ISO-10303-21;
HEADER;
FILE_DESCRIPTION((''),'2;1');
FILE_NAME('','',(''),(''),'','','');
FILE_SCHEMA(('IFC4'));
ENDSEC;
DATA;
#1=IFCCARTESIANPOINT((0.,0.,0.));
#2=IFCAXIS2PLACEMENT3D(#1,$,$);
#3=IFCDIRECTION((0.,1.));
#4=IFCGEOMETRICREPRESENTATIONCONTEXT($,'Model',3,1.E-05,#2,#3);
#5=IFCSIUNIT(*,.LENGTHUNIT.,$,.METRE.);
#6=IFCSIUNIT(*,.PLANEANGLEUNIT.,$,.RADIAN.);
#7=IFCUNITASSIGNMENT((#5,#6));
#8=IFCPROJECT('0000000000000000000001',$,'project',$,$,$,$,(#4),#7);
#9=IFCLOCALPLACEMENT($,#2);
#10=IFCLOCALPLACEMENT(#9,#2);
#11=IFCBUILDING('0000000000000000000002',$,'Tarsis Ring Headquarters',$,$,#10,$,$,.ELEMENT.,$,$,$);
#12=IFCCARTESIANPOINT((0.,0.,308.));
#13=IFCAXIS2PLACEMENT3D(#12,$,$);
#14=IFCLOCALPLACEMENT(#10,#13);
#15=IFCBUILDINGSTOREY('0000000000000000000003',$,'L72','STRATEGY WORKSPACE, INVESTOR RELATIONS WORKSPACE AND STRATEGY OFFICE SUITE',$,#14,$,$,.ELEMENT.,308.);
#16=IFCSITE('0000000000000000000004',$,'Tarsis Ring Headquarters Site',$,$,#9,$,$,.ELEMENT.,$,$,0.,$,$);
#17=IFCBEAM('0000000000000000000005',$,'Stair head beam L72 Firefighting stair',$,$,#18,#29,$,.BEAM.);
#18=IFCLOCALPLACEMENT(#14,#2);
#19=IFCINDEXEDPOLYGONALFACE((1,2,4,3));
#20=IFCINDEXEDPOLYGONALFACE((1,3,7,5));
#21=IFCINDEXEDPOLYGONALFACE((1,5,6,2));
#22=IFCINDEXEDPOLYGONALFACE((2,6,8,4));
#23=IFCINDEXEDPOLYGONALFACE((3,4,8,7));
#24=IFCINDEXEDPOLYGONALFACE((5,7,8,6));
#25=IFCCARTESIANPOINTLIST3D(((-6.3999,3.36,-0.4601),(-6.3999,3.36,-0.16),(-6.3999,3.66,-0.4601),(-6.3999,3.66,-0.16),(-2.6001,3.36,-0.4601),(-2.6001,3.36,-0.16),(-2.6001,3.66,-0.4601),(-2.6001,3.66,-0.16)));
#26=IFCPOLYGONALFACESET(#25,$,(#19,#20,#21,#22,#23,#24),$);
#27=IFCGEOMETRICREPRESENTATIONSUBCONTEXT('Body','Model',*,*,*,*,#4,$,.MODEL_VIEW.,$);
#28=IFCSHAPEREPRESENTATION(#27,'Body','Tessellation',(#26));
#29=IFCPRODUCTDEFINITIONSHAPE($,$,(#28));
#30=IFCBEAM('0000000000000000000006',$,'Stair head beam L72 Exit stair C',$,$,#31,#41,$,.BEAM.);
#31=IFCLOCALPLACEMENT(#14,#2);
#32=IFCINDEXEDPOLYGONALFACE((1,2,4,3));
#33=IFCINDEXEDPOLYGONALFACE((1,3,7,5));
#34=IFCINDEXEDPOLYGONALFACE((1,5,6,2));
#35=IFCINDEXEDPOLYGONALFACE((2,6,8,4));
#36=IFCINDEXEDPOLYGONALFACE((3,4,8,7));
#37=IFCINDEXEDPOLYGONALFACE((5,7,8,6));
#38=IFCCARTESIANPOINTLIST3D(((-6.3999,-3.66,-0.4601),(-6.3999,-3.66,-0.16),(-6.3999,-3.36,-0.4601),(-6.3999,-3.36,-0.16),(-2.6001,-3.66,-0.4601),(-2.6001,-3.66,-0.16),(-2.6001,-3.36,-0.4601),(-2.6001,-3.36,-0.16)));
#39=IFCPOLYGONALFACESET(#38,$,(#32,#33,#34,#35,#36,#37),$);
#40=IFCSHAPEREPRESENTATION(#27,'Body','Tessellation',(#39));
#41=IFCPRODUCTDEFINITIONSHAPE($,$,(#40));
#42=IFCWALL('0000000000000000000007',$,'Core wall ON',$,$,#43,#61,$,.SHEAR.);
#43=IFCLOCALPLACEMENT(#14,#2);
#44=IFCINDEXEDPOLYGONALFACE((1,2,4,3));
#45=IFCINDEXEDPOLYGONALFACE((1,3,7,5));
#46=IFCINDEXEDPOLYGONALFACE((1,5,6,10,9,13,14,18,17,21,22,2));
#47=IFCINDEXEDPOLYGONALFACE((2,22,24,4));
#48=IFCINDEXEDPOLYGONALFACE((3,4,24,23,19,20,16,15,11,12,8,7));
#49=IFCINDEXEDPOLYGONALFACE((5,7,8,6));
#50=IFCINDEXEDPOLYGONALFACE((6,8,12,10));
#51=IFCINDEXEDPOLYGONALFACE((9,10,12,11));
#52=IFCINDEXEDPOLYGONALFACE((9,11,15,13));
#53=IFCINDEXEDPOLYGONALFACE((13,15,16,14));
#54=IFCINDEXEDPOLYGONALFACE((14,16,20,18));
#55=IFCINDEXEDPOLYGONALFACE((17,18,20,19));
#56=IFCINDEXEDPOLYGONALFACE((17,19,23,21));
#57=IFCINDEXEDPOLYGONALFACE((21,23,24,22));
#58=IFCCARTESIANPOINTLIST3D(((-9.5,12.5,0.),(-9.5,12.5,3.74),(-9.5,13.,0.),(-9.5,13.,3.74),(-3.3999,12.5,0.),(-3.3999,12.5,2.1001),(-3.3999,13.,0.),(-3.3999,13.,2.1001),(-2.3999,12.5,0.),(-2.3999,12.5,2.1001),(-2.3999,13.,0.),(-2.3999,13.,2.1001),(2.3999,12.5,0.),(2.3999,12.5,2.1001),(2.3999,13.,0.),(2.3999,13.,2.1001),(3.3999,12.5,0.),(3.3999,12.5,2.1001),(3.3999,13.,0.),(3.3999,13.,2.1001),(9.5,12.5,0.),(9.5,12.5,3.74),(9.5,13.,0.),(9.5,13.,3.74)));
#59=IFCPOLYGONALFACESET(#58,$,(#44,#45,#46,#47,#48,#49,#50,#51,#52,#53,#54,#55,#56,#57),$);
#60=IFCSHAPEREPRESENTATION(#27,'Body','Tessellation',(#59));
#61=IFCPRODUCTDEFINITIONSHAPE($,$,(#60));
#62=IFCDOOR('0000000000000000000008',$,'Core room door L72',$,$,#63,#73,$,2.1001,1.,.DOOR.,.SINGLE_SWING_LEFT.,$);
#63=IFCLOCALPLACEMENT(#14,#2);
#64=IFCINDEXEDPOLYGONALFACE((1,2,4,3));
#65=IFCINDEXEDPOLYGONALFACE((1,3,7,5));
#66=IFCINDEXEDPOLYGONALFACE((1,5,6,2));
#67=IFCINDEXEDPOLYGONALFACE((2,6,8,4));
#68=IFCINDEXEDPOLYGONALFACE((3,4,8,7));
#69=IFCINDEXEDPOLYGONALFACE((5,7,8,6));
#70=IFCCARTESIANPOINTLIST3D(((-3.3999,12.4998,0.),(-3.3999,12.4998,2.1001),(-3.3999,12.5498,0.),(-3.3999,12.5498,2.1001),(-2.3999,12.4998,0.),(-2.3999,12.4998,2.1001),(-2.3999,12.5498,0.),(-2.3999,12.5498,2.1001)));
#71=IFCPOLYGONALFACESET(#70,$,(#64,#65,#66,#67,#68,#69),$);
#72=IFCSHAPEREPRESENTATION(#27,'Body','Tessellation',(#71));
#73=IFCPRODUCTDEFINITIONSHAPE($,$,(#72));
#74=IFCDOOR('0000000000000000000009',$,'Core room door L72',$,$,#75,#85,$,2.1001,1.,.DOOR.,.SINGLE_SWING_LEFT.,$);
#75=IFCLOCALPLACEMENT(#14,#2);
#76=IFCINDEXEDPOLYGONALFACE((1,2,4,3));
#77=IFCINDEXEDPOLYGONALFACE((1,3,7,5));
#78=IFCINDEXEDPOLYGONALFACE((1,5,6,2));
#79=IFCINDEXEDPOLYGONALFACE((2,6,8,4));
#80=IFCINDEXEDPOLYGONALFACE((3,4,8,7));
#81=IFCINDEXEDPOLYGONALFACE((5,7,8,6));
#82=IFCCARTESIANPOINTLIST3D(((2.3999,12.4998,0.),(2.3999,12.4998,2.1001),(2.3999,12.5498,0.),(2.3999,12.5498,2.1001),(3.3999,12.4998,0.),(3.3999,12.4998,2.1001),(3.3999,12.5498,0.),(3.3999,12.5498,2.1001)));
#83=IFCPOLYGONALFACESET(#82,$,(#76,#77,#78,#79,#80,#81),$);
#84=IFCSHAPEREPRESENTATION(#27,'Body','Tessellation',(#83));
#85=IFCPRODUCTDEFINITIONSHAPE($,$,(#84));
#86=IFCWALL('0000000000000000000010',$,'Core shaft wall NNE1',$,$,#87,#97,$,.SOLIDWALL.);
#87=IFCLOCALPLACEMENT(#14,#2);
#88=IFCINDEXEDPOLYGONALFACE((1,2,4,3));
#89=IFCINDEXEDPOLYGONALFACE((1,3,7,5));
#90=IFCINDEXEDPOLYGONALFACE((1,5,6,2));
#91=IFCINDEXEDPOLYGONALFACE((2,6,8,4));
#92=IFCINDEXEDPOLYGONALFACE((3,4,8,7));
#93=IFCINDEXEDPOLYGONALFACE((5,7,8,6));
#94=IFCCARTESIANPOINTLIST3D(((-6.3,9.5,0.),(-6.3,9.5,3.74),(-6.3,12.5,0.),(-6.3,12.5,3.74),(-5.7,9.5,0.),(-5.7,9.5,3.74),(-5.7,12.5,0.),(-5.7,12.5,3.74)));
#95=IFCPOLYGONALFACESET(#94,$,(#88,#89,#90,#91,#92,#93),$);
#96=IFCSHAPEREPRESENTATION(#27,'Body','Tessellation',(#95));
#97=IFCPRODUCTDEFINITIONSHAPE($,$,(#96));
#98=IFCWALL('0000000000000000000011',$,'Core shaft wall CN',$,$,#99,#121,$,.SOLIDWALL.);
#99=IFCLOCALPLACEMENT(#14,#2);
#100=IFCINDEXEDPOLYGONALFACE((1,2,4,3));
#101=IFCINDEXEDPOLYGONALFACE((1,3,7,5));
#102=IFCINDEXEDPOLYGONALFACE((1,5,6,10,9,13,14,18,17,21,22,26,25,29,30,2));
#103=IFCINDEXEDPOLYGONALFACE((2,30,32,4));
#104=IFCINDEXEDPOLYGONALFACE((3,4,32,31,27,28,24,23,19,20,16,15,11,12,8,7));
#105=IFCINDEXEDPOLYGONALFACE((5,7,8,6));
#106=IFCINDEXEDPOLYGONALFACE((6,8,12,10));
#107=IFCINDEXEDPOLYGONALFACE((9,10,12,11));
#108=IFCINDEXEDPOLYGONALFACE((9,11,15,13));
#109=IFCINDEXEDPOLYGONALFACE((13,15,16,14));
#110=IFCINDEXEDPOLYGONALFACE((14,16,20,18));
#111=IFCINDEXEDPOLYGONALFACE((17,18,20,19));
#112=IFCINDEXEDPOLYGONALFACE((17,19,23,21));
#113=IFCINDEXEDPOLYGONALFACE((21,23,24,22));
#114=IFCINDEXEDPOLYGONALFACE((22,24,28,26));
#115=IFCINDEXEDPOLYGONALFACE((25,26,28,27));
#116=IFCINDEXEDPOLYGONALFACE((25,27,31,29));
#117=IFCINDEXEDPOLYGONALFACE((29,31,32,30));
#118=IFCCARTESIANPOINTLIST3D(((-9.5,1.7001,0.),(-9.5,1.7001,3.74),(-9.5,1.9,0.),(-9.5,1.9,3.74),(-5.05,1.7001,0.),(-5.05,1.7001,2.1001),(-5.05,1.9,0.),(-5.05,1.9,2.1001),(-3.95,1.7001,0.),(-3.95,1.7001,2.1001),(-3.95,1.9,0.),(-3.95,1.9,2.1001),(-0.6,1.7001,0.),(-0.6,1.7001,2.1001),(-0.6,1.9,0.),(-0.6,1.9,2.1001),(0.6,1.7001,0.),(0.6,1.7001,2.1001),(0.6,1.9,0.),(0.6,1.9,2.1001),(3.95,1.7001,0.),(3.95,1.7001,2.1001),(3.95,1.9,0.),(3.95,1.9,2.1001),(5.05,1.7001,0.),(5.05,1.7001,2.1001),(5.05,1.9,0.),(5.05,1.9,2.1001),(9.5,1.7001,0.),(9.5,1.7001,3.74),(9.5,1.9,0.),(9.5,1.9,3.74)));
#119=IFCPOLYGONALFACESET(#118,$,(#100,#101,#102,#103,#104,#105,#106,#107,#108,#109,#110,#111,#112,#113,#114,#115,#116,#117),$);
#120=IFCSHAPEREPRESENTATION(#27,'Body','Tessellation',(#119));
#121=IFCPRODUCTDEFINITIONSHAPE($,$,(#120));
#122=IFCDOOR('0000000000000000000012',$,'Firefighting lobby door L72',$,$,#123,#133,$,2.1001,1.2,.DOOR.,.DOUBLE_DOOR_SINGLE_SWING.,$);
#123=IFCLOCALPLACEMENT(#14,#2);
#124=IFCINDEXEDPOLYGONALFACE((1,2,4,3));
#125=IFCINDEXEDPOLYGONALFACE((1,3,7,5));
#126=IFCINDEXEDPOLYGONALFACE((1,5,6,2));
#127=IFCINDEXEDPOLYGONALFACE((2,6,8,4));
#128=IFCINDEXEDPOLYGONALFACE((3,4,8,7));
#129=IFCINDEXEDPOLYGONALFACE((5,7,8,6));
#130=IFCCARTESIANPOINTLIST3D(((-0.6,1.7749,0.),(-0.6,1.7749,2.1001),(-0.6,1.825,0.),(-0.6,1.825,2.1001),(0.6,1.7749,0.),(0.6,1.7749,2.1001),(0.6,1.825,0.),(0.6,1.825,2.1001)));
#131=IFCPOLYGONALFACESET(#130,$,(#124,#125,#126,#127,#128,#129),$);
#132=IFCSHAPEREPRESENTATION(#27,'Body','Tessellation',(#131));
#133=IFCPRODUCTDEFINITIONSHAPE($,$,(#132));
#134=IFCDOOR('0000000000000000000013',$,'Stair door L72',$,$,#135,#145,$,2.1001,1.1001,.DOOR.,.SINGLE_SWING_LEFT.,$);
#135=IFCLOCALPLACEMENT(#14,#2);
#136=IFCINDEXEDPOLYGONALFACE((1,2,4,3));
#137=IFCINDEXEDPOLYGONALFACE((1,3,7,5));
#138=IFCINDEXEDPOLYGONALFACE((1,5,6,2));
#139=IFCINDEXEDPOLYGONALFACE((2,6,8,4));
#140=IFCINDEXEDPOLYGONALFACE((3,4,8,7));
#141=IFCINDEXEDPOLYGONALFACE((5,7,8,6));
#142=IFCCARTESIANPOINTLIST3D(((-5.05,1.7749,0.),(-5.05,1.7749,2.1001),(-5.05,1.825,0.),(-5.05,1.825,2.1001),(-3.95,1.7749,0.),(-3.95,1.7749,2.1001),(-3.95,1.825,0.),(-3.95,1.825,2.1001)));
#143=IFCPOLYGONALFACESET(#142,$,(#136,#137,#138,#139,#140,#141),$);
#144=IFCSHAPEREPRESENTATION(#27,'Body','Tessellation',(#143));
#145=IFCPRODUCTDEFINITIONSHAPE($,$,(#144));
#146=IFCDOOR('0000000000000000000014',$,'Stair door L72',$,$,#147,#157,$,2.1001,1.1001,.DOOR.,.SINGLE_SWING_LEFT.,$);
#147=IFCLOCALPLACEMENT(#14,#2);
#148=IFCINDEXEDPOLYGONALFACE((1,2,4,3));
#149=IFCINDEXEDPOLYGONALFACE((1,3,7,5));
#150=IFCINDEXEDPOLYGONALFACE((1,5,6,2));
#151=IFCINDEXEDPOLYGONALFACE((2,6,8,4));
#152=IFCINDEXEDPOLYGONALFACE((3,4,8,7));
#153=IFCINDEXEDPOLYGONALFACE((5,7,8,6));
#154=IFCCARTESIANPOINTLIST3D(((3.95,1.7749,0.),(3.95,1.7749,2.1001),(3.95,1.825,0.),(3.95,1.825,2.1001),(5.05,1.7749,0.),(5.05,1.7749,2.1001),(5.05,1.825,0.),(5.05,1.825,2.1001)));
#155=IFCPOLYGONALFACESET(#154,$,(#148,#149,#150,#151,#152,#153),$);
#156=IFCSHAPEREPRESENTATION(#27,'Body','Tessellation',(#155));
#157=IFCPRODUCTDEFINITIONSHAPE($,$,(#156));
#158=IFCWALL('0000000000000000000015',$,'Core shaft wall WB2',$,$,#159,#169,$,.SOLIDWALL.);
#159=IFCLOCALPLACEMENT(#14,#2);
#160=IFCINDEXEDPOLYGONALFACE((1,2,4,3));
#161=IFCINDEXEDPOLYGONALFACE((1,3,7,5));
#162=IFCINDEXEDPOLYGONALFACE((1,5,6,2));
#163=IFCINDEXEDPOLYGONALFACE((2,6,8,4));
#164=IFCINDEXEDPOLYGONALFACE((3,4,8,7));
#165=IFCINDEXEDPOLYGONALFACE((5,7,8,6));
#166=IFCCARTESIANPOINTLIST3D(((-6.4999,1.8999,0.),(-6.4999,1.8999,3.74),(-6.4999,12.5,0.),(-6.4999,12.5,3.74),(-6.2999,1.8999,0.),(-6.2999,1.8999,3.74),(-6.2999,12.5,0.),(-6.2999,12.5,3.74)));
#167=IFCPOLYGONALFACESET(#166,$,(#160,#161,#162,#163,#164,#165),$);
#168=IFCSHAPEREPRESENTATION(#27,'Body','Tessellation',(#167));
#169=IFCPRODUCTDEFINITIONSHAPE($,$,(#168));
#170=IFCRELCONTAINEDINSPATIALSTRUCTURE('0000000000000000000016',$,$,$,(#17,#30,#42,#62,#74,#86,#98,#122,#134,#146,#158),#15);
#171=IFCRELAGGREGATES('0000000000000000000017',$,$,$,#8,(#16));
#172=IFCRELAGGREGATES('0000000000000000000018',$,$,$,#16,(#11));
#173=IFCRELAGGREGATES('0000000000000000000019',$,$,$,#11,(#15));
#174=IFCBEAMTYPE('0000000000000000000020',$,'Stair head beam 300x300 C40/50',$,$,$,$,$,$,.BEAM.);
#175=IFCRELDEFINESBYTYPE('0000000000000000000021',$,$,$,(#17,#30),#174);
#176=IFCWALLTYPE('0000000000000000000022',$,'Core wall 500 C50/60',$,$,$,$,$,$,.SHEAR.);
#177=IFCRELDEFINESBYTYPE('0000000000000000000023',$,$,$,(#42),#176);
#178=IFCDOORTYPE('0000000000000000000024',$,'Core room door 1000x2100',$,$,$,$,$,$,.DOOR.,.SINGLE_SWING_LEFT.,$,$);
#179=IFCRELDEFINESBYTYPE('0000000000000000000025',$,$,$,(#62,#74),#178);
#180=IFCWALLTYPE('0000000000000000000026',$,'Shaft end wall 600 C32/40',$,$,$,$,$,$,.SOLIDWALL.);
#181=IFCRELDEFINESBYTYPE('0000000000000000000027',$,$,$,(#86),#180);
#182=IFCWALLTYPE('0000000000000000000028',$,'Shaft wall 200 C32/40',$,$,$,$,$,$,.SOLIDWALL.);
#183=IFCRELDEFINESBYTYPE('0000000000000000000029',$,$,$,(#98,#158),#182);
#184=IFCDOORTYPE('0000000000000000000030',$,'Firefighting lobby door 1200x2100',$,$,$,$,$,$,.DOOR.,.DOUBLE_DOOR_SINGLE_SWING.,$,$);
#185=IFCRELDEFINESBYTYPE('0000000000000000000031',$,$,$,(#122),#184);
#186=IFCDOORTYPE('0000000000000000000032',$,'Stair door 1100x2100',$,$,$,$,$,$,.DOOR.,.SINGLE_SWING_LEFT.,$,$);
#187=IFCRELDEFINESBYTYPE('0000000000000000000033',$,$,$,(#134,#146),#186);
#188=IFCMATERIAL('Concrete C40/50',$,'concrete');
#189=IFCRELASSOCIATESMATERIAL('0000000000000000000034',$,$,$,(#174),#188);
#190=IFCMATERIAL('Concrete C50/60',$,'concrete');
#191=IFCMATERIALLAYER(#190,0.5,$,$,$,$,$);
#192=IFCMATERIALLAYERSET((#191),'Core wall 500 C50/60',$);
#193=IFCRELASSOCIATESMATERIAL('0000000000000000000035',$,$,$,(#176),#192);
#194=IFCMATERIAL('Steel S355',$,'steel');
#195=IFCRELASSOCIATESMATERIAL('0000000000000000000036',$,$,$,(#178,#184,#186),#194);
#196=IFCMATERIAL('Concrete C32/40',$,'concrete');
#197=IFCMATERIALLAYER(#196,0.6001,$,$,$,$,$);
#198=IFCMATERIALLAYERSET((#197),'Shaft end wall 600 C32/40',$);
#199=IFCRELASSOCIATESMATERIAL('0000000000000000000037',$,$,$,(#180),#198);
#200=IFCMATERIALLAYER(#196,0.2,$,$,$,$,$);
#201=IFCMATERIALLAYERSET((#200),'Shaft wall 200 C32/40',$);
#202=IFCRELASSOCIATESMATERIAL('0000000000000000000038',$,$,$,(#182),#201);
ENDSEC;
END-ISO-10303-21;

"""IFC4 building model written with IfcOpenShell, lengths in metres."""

from ifc_helpers import new_model, si_unit, direction, frame, frame_2d, origin, origin_2d, place, context, subcontext, project, spatial, rectangle, extrude, material, layer, layer_set, material_profile, profile_set, type_object, element, fill, save


model = new_model("IFC4")

# Units and contexts
model_context = context("Model", 3, precision=1e-05, world=origin(), true_north=direction((0.0, 1.0)))
body_context = subcontext(model_context, "Body", "Model", "MODEL_VIEW")
ifc_project = project(units=[si_unit("LENGTHUNIT", "METRE"), si_unit("PLANEANGLEUNIT", "RADIAN")], contexts=[model_context])

# Site, building, storey
site_placement = place(None, origin())
site = spatial("IfcSite", under=ifc_project, at=site_placement, Name="Tarsis Ring Headquarters Site", CompositionType="ELEMENT", RefElevation=0.0)
building_placement = place(site_placement, origin())
building = spatial("IfcBuilding", under=site, at=building_placement, Name="Tarsis Ring Headquarters", CompositionType="ELEMENT")
storey_placement = place(building_placement, frame((0.0, 0.0, 308.0)))
storey = spatial("IfcBuildingStorey", under=building, at=storey_placement, Name="L72", Description="STRATEGY WORKSPACE, INVESTOR RELATIONS WORKSPACE AND STRATEGY OFFICE SUITE", CompositionType="ELEMENT", Elevation=308.0)

# Beams
ifc_material_1 = material(Name="Concrete C40/50", Category="concrete")
ifc_material_profile = material_profile(ifc_material_1, rectangle(XDim=0.3, YDim=0.3, at=origin_2d()), Name="Stair head beam 300x300 C40/50")
ifc_profile_set = profile_set([ifc_material_profile], Name="Concrete C40/50")
beam_type = type_object("IfcBeamType", Name="Stair head beam 300x300 C40/50", PredefinedType="BEAM", material=ifc_profile_set)
for number, where, z_axis, x_axis, name in (
    (1, (-6.3999, 3.51, -0.3101), (1.0, 0.0, 0.0), (0.0, 1.0, 0.0), "Stair head beam L72 Firefighting stair"),
    (2, (-6.3999, -3.51, -0.3101), (1.0, 0.0, 0.0), (0.0, 1.0, 0.0), "Stair head beam L72 Exit stair C"),
):
    element("IfcBeam", number, at=place(storey_placement, frame(where, z_axis=z_axis, x_axis=x_axis)), inside=storey, type_object=beam_type, Name=name, PredefinedType="BEAM", context=body_context, shape_type="SweptSolid", body=[
        extrude(rectangle(XDim=0.3, YDim=0.3, at=origin_2d()), origin(), (0.0, 0.0, 1.0), 3.7998),
    ])

# Wall, openings, doors
ifc_material_2 = material(Name="Concrete C50/60", Category="concrete")
ifc_layer_1 = layer(ifc_material_2, 0.5)
ifc_layer_set_1 = layer_set([ifc_layer_1], Name="Core wall 500 C50/60")
wall_type_1 = type_object("IfcWallType", Name="Core wall 500 C50/60", PredefinedType="SHEAR", material=ifc_layer_set_1)
wall_1_placement = place(storey_placement, frame((-9.5, 12.75, 0.0), z_axis=(0.0, 0.0, 1.0), x_axis=(1.0, 0.0, 0.0)))
wall_1 = element("IfcWall", 3, at=wall_1_placement, inside=storey, type_object=wall_type_1, Name="Core wall ON", PredefinedType="SHEAR", context=body_context, shape_type="SweptSolid", body=[
    extrude(rectangle(XDim=19.0, YDim=0.5, at=frame_2d((9.5, 0.0))), origin(), (0.0, 0.0, 1.0), 3.74),
])
opening_1_placement = place(wall_1_placement, frame((6.1001, 0.0, 0.0)))
opening_1 = element("IfcOpeningElement", 4, at=opening_1_placement, cuts=wall_1, PredefinedType="OPENING", context=body_context, shape_type="SweptSolid", body=[
    extrude(rectangle(XDim=1.0, YDim=2.1001, at=frame_2d((0.5, 1.05))), frame((0.0, 0.26, 0.0), z_axis=(0.0, -1.0, 0.0), x_axis=(1.0, 0.0, 0.0)), (0.0, 0.0, 1.0), 0.52),
])
opening_2_placement = place(wall_1_placement, frame((11.8999, 0.0, 0.0)))
opening_2 = element("IfcOpeningElement", 5, at=opening_2_placement, cuts=wall_1, PredefinedType="OPENING", context=body_context, shape_type="SweptSolid", body=[
    extrude(rectangle(XDim=1.0, YDim=2.1001, at=frame_2d((0.5, 1.05))), frame((0.0, 0.26, 0.0), z_axis=(0.0, -1.0, 0.0), x_axis=(1.0, 0.0, 0.0)), (0.0, 0.0, 1.0), 0.52),
])
ifc_material_3 = material(Name="Steel S355", Category="steel")
door_type_1 = type_object("IfcDoorType", Name="Core room door 1000x2100", OperationType="SINGLE_SWING_LEFT", PredefinedType="DOOR", material=ifc_material_3)
door_1_placement = place(opening_1_placement, origin())
door_1 = element("IfcDoor", 6, at=door_1_placement, inside=storey, type_object=door_type_1, Name="Core room door L72", OperationType="SINGLE_SWING_LEFT", OverallHeight=2.1001, OverallWidth=1.0, PredefinedType="DOOR", context=body_context, shape_type="SweptSolid", body=[
    extrude(rectangle(XDim=1.0, YDim=2.1001, at=frame_2d((0.5, 1.05))), frame((0.0, -0.2002, 0.0), z_axis=(0.0, -1.0, 0.0), x_axis=(1.0, 0.0, 0.0)), (0.0, 0.0, 1.0), 0.05),
])
fill(opening_1, door_1)
door_2_placement = place(opening_2_placement, origin())
door_2 = element("IfcDoor", 7, at=door_2_placement, inside=storey, type_object=door_type_1, Name="Core room door L72", OperationType="SINGLE_SWING_LEFT", OverallHeight=2.1001, OverallWidth=1.0, PredefinedType="DOOR", context=body_context, shape_type="SweptSolid", body=[
    extrude(rectangle(XDim=1.0, YDim=2.1001, at=frame_2d((0.5, 1.05))), frame((0.0, -0.2002, 0.0), z_axis=(0.0, -1.0, 0.0), x_axis=(1.0, 0.0, 0.0)), (0.0, 0.0, 1.0), 0.05),
])
fill(opening_2, door_2)

# Wall
ifc_material_4 = material(Name="Concrete C32/40", Category="concrete")
ifc_layer_2 = layer(ifc_material_4, 0.6001)
ifc_layer_set_2 = layer_set([ifc_layer_2], Name="Shaft end wall 600 C32/40")
wall_type_2 = type_object("IfcWallType", Name="Shaft end wall 600 C32/40", PredefinedType="SOLIDWALL", material=ifc_layer_set_2)
wall_2_placement = place(storey_placement, frame((-6.0, 9.5, 0.0), z_axis=(0.0, 0.0, 1.0), x_axis=(0.0, 1.0, 0.0)))
element("IfcWall", 8, at=wall_2_placement, inside=storey, type_object=wall_type_2, Name="Core shaft wall NNE1", PredefinedType="SOLIDWALL", context=body_context, shape_type="SweptSolid", body=[
    extrude(rectangle(XDim=3.0, YDim=0.6001, at=frame_2d((1.5, 0.0))), origin(), (0.0, 0.0, 1.0), 3.74),
])

# Wall, openings, doors
ifc_layer_3 = layer(ifc_material_4, 0.2)
ifc_layer_set_3 = layer_set([ifc_layer_3], Name="Shaft wall 200 C32/40")
wall_type_3 = type_object("IfcWallType", Name="Shaft wall 200 C32/40", PredefinedType="SOLIDWALL", material=ifc_layer_set_3)
wall_3_placement = place(storey_placement, frame((-9.5, 1.8, 0.0), z_axis=(0.0, 0.0, 1.0), x_axis=(1.0, 0.0, 0.0)))
wall_3 = element("IfcWall", 9, at=wall_3_placement, inside=storey, type_object=wall_type_3, Name="Core shaft wall CN", PredefinedType="SOLIDWALL", context=body_context, shape_type="SweptSolid", body=[
    extrude(rectangle(XDim=19.0, YDim=0.2, at=frame_2d((9.5, 0.0))), origin(), (0.0, 0.0, 1.0), 3.74),
])
opening_3_placement = place(wall_3_placement, frame((4.45, 0.0, 0.0)))
opening_3 = element("IfcOpeningElement", 10, at=opening_3_placement, cuts=wall_3, PredefinedType="OPENING", context=body_context, shape_type="SweptSolid", body=[
    extrude(rectangle(XDim=1.1001, YDim=2.1001, at=frame_2d((0.55, 1.05))), frame((0.0, 0.1099, 0.0), z_axis=(0.0, -1.0, 0.0), x_axis=(1.0, 0.0, 0.0)), (0.0, 0.0, 1.0), 0.22),
])
opening_4_placement = place(wall_3_placement, frame((8.8999, 0.0, 0.0)))
opening_4 = element("IfcOpeningElement", 11, at=opening_4_placement, cuts=wall_3, PredefinedType="OPENING", context=body_context, shape_type="SweptSolid", body=[
    extrude(rectangle(XDim=1.2, YDim=2.1001, at=frame_2d((0.6001, 1.05))), frame((0.0, 0.1099, 0.0), z_axis=(0.0, -1.0, 0.0), x_axis=(1.0, 0.0, 0.0)), (0.0, 0.0, 1.0), 0.22),
])
opening_5_placement = place(wall_3_placement, frame((13.45, 0.0, 0.0)))
opening_5 = element("IfcOpeningElement", 12, at=opening_5_placement, cuts=wall_3, PredefinedType="OPENING", context=body_context, shape_type="SweptSolid", body=[
    extrude(rectangle(XDim=1.1001, YDim=2.1001, at=frame_2d((0.55, 1.05))), frame((0.0, 0.1099, 0.0), z_axis=(0.0, -1.0, 0.0), x_axis=(1.0, 0.0, 0.0)), (0.0, 0.0, 1.0), 0.22),
])
door_type_2 = type_object("IfcDoorType", Name="Firefighting lobby door 1200x2100", OperationType="DOUBLE_DOOR_SINGLE_SWING", PredefinedType="DOOR", material=ifc_material_3)
door_3_placement = place(opening_4_placement, origin())
door_3 = element("IfcDoor", 13, at=door_3_placement, inside=storey, type_object=door_type_2, Name="Firefighting lobby door L72", OperationType="DOUBLE_DOOR_SINGLE_SWING", OverallHeight=2.1001, OverallWidth=1.2, PredefinedType="DOOR", context=body_context, shape_type="SweptSolid", body=[
    extrude(rectangle(XDim=1.2, YDim=2.1001, at=frame_2d((0.6001, 1.05))), frame((0.0, 0.0249, 0.0), z_axis=(0.0, -1.0, 0.0), x_axis=(1.0, 0.0, 0.0)), (0.0, 0.0, 1.0), 0.05),
])
fill(opening_4, door_3)
door_type_3 = type_object("IfcDoorType", Name="Stair door 1100x2100", OperationType="SINGLE_SWING_LEFT", PredefinedType="DOOR", material=ifc_material_3)
door_4_placement = place(opening_3_placement, origin())
door_4 = element("IfcDoor", 14, at=door_4_placement, inside=storey, type_object=door_type_3, Name="Stair door L72", OperationType="SINGLE_SWING_LEFT", OverallHeight=2.1001, OverallWidth=1.1001, PredefinedType="DOOR", context=body_context, shape_type="SweptSolid", body=[
    extrude(rectangle(XDim=1.1001, YDim=2.1001, at=frame_2d((0.55, 1.05))), frame((0.0, 0.0249, 0.0), z_axis=(0.0, -1.0, 0.0), x_axis=(1.0, 0.0, 0.0)), (0.0, 0.0, 1.0), 0.05),
])
fill(opening_3, door_4)
door_5_placement = place(opening_5_placement, origin())
door_5 = element("IfcDoor", 15, at=door_5_placement, inside=storey, type_object=door_type_3, Name="Stair door L72", OperationType="SINGLE_SWING_LEFT", OverallHeight=2.1001, OverallWidth=1.1001, PredefinedType="DOOR", context=body_context, shape_type="SweptSolid", body=[
    extrude(rectangle(XDim=1.1001, YDim=2.1001, at=frame_2d((0.55, 1.05))), frame((0.0, 0.0249, 0.0), z_axis=(0.0, -1.0, 0.0), x_axis=(1.0, 0.0, 0.0)), (0.0, 0.0, 1.0), 0.05),
])
fill(opening_5, door_5)

# Wall
wall_4_placement = place(storey_placement, frame((-6.3999, 1.8999, 0.0), z_axis=(0.0, 0.0, 1.0), x_axis=(0.0, 1.0, 0.0)))
element("IfcWall", 16, at=wall_4_placement, inside=storey, type_object=wall_type_3, Name="Core shaft wall WB2", PredefinedType="SOLIDWALL", context=body_context, shape_type="SweptSolid", body=[
    extrude(rectangle(XDim=10.6001, YDim=0.2, at=frame_2d((5.3, 0.0))), origin(), (0.0, 0.0, 1.0), 3.74),
])

save(model, "model.ifc")
